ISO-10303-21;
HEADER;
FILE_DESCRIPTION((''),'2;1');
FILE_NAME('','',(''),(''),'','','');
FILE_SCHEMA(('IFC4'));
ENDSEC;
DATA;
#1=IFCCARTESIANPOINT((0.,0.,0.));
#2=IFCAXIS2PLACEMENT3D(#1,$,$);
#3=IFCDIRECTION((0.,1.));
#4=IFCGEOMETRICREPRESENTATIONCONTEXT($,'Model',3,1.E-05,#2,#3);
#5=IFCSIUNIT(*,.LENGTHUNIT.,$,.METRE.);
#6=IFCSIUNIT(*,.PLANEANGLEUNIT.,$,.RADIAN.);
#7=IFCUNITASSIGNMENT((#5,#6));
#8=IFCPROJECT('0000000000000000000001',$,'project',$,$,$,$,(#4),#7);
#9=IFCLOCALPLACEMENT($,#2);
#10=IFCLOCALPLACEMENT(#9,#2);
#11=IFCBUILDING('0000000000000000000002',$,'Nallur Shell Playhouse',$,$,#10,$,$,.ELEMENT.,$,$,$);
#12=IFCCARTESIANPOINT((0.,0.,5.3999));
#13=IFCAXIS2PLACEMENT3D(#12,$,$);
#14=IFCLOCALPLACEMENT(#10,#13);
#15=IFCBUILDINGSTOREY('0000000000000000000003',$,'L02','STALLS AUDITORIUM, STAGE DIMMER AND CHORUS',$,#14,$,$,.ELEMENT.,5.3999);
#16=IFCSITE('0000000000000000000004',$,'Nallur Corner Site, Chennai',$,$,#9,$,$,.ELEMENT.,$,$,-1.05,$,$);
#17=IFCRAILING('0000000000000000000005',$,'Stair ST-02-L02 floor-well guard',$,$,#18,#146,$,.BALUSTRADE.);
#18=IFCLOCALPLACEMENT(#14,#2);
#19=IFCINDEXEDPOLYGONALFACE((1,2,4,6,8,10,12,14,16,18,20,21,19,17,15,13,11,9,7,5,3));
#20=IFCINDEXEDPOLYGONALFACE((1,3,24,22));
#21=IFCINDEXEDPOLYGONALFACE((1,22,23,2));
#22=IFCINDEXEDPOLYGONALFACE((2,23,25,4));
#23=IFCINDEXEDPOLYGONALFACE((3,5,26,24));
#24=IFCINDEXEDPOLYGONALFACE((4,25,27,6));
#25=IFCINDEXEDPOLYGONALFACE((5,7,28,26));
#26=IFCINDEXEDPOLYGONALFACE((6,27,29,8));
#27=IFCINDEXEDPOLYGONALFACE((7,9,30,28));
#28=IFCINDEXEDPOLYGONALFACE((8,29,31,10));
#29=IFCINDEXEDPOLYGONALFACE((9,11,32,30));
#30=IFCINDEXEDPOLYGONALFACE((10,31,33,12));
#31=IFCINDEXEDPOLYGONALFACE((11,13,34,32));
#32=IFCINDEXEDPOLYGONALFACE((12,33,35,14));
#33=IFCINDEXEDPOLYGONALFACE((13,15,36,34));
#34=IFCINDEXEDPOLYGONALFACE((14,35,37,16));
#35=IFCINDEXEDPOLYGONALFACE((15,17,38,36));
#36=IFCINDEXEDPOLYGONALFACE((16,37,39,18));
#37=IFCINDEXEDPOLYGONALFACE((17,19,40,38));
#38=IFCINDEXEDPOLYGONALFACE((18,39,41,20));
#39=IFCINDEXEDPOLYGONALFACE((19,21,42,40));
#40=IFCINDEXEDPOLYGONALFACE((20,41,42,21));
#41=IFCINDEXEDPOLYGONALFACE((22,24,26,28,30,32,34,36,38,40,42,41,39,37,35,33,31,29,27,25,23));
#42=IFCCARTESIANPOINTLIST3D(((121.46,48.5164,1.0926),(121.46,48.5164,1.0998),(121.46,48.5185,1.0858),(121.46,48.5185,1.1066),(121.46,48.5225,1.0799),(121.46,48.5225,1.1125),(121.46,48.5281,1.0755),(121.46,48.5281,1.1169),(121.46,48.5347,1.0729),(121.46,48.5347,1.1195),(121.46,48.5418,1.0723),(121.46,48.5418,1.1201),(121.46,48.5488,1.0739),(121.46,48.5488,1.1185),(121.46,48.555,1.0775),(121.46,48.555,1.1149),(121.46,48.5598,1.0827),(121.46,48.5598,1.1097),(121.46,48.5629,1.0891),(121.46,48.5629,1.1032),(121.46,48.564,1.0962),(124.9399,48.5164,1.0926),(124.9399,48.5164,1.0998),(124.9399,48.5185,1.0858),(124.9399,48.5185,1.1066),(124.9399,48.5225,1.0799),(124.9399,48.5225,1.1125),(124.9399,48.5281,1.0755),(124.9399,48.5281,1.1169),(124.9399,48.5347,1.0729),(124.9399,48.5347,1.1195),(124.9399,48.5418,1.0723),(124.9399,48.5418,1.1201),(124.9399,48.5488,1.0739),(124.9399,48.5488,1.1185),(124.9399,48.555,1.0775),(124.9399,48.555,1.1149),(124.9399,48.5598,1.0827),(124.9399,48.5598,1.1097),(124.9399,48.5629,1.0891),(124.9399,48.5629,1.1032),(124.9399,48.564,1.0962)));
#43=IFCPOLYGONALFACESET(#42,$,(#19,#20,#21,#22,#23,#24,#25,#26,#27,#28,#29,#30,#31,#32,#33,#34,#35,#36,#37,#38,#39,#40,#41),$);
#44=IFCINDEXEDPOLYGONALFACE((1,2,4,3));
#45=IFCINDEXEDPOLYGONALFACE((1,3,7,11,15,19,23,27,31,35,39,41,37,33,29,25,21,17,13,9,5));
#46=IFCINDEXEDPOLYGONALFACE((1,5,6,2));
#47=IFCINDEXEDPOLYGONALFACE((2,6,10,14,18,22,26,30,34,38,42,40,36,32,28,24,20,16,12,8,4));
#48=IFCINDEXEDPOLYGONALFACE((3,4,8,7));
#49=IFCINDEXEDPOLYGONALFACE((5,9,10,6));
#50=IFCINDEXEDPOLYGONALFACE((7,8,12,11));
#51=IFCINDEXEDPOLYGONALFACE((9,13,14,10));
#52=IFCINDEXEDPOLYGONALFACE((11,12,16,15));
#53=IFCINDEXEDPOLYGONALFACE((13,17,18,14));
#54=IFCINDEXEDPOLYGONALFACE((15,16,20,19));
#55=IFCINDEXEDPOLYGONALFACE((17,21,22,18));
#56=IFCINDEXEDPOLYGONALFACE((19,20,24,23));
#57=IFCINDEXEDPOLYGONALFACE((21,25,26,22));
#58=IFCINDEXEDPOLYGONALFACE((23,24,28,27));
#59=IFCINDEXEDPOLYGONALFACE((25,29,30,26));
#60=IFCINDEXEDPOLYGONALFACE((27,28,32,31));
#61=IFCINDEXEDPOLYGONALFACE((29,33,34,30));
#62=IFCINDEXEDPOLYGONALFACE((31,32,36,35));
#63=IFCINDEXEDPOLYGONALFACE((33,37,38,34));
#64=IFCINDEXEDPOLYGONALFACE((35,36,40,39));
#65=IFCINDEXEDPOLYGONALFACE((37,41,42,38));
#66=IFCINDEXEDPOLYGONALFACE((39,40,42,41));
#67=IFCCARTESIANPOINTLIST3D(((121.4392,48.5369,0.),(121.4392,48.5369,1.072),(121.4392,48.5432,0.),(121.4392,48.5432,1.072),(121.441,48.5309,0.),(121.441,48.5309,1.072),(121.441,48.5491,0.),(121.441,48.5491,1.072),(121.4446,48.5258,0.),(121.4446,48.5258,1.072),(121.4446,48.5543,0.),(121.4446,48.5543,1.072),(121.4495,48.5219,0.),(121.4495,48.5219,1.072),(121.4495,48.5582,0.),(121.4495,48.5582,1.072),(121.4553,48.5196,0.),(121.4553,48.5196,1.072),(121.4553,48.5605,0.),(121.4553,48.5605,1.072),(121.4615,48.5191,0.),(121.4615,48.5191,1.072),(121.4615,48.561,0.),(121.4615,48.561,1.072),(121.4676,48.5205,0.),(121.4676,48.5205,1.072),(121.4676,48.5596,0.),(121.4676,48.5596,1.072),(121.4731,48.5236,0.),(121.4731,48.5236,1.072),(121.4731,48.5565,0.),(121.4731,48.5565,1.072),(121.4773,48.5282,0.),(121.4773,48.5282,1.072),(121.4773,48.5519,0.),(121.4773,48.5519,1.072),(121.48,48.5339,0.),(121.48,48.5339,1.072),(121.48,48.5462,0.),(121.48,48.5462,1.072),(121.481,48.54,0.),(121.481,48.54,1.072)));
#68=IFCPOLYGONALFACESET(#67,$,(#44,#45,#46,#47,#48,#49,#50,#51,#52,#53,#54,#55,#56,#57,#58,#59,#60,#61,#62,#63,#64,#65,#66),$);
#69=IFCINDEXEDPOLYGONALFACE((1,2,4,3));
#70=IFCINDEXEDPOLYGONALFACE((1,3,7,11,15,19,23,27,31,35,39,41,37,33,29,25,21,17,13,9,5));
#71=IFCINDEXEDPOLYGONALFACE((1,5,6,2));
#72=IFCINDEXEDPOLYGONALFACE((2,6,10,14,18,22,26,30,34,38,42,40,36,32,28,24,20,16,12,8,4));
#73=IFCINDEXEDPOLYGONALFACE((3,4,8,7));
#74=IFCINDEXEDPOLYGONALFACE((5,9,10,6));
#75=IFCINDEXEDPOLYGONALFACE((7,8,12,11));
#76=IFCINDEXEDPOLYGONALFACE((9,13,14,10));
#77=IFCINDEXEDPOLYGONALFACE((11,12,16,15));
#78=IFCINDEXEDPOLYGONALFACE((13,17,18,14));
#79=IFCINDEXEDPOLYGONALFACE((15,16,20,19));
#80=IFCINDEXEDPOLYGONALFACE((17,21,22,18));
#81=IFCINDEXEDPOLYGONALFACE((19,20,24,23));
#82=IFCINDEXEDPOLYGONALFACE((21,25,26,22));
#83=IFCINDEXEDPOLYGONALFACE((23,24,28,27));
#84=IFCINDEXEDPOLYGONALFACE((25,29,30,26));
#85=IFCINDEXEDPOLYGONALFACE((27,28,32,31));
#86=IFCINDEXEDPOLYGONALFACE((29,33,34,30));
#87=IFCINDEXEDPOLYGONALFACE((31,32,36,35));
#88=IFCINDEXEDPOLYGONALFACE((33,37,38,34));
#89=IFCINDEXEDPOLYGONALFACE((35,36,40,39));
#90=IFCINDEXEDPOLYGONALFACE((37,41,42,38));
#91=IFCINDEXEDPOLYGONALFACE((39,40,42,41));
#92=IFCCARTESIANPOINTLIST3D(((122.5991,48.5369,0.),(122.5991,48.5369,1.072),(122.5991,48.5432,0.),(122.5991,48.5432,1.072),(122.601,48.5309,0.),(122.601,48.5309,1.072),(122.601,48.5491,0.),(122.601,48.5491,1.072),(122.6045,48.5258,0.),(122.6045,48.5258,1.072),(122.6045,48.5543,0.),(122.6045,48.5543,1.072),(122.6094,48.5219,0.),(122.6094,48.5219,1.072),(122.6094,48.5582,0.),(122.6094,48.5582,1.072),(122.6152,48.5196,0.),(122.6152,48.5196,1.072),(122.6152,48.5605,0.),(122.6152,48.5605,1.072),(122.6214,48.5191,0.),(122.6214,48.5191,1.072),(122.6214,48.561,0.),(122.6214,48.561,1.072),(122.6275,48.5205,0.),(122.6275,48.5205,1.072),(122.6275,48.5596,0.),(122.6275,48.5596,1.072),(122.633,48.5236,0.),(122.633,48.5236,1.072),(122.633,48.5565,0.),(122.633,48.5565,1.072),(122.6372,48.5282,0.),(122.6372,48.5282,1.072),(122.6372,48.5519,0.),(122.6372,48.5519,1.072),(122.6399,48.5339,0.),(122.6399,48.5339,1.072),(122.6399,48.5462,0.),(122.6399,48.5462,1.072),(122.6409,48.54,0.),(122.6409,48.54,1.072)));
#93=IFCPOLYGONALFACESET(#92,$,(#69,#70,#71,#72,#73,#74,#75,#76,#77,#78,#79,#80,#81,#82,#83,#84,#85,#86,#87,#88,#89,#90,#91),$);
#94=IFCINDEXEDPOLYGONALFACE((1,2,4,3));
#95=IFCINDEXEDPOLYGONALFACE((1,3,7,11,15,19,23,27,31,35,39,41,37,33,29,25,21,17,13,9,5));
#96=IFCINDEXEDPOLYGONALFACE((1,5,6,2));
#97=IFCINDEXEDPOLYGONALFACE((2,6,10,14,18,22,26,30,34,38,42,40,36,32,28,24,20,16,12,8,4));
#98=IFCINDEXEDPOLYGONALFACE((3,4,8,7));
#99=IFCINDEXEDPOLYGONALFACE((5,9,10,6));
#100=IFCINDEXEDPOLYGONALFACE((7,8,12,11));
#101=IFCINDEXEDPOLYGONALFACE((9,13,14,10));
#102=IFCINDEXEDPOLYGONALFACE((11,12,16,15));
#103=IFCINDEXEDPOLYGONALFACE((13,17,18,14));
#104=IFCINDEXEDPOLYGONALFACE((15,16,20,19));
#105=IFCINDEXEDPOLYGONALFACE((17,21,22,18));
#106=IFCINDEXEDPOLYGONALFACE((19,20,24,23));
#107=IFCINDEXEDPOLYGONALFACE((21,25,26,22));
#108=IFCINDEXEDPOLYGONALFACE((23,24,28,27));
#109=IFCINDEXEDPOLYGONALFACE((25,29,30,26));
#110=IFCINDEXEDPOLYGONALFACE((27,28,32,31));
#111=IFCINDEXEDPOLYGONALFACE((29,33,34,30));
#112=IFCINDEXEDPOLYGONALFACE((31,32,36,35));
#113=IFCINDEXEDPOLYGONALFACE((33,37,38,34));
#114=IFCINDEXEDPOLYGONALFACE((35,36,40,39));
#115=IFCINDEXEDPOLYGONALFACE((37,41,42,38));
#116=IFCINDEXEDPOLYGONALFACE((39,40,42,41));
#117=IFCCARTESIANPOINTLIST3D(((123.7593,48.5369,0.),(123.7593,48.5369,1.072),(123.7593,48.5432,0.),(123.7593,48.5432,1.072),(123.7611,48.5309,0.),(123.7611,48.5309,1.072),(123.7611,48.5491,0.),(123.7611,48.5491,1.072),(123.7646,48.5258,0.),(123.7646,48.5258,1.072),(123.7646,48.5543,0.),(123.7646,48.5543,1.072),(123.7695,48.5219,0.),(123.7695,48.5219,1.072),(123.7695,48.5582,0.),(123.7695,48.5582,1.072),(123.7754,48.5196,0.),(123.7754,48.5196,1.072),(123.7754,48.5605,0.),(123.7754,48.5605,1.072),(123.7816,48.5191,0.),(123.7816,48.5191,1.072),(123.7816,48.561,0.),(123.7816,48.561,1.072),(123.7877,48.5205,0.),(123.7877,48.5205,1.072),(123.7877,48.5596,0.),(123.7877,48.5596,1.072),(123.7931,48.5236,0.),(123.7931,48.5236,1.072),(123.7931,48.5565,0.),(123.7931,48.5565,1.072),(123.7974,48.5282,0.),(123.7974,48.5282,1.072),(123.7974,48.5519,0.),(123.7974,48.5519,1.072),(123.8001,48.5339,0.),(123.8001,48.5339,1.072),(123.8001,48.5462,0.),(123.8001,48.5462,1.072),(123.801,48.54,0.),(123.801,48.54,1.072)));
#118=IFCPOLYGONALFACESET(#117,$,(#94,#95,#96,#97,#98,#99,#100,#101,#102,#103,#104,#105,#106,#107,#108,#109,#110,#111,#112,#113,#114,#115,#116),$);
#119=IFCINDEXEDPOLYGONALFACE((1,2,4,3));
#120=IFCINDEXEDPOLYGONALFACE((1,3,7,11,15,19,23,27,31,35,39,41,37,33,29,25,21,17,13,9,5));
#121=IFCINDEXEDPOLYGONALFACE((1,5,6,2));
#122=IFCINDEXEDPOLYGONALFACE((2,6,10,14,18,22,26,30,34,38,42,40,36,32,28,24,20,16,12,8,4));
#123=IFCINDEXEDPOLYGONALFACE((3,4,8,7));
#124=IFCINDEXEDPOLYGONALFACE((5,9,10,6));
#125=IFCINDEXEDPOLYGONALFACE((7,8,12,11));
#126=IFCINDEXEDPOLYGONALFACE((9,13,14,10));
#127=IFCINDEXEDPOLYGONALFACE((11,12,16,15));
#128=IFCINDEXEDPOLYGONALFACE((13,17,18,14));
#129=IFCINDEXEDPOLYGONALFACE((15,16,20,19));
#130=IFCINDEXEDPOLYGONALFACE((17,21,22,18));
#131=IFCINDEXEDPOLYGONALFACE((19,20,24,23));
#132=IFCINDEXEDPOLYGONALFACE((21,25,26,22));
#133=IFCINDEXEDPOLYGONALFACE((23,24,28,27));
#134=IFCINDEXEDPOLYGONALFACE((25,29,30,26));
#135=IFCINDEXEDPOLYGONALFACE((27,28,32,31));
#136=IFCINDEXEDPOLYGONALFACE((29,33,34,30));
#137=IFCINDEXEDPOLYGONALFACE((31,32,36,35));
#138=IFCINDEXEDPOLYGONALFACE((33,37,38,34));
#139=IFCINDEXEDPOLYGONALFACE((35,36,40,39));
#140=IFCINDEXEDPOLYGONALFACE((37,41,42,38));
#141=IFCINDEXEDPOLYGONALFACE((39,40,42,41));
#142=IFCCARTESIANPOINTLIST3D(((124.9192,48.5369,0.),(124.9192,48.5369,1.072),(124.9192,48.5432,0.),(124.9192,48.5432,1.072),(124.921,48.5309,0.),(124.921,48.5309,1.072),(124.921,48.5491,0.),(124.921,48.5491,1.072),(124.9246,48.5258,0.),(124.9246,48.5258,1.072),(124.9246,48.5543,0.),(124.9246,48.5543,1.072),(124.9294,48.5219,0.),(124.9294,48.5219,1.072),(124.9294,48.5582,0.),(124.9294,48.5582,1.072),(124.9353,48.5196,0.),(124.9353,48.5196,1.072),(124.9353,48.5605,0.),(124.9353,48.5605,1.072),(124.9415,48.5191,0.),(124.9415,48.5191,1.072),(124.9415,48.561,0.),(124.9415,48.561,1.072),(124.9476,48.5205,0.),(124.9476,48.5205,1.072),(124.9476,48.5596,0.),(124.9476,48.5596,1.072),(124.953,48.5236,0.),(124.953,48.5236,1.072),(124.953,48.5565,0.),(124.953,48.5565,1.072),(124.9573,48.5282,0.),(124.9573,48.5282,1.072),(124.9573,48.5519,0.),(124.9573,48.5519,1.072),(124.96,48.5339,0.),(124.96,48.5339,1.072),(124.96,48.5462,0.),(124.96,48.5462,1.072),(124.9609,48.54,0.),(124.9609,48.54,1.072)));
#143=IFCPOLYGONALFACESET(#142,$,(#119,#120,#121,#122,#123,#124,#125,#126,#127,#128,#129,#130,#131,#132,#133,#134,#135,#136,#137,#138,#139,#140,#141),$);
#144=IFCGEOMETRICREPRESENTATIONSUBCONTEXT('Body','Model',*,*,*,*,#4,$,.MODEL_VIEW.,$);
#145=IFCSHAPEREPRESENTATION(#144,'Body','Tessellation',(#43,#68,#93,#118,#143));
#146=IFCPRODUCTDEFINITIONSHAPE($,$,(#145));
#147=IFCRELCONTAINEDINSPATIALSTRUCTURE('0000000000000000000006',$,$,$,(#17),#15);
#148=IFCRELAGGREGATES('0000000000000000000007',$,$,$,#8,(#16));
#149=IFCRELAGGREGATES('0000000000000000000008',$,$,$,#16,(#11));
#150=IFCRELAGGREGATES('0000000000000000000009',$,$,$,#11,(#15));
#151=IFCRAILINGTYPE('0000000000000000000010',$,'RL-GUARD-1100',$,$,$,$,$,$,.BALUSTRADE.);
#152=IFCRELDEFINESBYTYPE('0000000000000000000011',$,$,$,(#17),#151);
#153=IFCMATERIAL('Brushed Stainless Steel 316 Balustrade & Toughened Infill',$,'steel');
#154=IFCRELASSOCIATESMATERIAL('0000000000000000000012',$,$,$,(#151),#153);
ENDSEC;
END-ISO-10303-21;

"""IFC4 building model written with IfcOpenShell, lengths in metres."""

from ifc_helpers import new_model, si_unit, direction, frame, origin, origin_2d, place, context, subcontext, project, spatial, circle, extrude, material, type_object, element, save


model = new_model("IFC4")

# Units and contexts
model_context = context("Model", 3, precision=1e-05, world=origin(), true_north=direction((0.0, 1.0)))
body_context = subcontext(model_context, "Body", "Model", "MODEL_VIEW")
ifc_project = project(units=[si_unit("LENGTHUNIT", "METRE"), si_unit("PLANEANGLEUNIT", "RADIAN")], contexts=[model_context])

# Site, building, storey
site_placement = place(None, origin())
site = spatial("IfcSite", under=ifc_project, at=site_placement, Name="Nallur Corner Site, Chennai", CompositionType="ELEMENT", RefElevation=-1.05)
building_placement = place(site_placement, origin())
building = spatial("IfcBuilding", under=site, at=building_placement, Name="Nallur Shell Playhouse", CompositionType="ELEMENT")
storey_placement = place(building_placement, frame((0.0, 0.0, 5.3999)))
storey = spatial("IfcBuildingStorey", under=building, at=storey_placement, Name="L02", Description="STALLS AUDITORIUM, STAGE DIMMER AND CHORUS", CompositionType="ELEMENT", Elevation=5.3999)

# Railing
ifc_material_1 = material(Name="Brushed Stainless Steel 316 Balustrade & Toughened Infill", Category="steel")
railing_type_1 = type_object("IfcRailingType", Name="RL-GUARD-1100", PredefinedType="BALUSTRADE", material=ifc_material_1)
railing_1_placement = place(storey_placement, frame((121.46, 48.54, 0.0)))
element("IfcRailing", 1, at=railing_1_placement, inside=storey, type_object=railing_type_1, Name="Stair ST-02-L02 floor-well guard", PredefinedType="BALUSTRADE", context=body_context, shape_type="SweptSolid", body=[
    extrude(circle(Radius=0.0239, at=origin_2d()), frame((0.0, 0.0, 1.0962), z_axis=(1.0, 0.0, 0.0), x_axis=(0.0, 1.0, 0.0)), (0.0, 0.0, 1.0), 3.48),
    extrude(circle(Radius=0.021, at=origin_2d()), origin(), (0.0, 0.0, 1.0), 1.072),
    extrude(circle(Radius=0.021, at=origin_2d()), frame((1.1599, 0.0, 0.0)), (0.0, 0.0, 1.0), 1.072),
    extrude(circle(Radius=0.021, at=origin_2d()), frame((2.3201, 0.0, 0.0)), (0.0, 0.0, 1.0), 1.072),
    extrude(circle(Radius=0.021, at=origin_2d()), frame((3.48, 0.0, 0.0)), (0.0, 0.0, 1.0), 1.072),
])

save(model, "model.ifc")
